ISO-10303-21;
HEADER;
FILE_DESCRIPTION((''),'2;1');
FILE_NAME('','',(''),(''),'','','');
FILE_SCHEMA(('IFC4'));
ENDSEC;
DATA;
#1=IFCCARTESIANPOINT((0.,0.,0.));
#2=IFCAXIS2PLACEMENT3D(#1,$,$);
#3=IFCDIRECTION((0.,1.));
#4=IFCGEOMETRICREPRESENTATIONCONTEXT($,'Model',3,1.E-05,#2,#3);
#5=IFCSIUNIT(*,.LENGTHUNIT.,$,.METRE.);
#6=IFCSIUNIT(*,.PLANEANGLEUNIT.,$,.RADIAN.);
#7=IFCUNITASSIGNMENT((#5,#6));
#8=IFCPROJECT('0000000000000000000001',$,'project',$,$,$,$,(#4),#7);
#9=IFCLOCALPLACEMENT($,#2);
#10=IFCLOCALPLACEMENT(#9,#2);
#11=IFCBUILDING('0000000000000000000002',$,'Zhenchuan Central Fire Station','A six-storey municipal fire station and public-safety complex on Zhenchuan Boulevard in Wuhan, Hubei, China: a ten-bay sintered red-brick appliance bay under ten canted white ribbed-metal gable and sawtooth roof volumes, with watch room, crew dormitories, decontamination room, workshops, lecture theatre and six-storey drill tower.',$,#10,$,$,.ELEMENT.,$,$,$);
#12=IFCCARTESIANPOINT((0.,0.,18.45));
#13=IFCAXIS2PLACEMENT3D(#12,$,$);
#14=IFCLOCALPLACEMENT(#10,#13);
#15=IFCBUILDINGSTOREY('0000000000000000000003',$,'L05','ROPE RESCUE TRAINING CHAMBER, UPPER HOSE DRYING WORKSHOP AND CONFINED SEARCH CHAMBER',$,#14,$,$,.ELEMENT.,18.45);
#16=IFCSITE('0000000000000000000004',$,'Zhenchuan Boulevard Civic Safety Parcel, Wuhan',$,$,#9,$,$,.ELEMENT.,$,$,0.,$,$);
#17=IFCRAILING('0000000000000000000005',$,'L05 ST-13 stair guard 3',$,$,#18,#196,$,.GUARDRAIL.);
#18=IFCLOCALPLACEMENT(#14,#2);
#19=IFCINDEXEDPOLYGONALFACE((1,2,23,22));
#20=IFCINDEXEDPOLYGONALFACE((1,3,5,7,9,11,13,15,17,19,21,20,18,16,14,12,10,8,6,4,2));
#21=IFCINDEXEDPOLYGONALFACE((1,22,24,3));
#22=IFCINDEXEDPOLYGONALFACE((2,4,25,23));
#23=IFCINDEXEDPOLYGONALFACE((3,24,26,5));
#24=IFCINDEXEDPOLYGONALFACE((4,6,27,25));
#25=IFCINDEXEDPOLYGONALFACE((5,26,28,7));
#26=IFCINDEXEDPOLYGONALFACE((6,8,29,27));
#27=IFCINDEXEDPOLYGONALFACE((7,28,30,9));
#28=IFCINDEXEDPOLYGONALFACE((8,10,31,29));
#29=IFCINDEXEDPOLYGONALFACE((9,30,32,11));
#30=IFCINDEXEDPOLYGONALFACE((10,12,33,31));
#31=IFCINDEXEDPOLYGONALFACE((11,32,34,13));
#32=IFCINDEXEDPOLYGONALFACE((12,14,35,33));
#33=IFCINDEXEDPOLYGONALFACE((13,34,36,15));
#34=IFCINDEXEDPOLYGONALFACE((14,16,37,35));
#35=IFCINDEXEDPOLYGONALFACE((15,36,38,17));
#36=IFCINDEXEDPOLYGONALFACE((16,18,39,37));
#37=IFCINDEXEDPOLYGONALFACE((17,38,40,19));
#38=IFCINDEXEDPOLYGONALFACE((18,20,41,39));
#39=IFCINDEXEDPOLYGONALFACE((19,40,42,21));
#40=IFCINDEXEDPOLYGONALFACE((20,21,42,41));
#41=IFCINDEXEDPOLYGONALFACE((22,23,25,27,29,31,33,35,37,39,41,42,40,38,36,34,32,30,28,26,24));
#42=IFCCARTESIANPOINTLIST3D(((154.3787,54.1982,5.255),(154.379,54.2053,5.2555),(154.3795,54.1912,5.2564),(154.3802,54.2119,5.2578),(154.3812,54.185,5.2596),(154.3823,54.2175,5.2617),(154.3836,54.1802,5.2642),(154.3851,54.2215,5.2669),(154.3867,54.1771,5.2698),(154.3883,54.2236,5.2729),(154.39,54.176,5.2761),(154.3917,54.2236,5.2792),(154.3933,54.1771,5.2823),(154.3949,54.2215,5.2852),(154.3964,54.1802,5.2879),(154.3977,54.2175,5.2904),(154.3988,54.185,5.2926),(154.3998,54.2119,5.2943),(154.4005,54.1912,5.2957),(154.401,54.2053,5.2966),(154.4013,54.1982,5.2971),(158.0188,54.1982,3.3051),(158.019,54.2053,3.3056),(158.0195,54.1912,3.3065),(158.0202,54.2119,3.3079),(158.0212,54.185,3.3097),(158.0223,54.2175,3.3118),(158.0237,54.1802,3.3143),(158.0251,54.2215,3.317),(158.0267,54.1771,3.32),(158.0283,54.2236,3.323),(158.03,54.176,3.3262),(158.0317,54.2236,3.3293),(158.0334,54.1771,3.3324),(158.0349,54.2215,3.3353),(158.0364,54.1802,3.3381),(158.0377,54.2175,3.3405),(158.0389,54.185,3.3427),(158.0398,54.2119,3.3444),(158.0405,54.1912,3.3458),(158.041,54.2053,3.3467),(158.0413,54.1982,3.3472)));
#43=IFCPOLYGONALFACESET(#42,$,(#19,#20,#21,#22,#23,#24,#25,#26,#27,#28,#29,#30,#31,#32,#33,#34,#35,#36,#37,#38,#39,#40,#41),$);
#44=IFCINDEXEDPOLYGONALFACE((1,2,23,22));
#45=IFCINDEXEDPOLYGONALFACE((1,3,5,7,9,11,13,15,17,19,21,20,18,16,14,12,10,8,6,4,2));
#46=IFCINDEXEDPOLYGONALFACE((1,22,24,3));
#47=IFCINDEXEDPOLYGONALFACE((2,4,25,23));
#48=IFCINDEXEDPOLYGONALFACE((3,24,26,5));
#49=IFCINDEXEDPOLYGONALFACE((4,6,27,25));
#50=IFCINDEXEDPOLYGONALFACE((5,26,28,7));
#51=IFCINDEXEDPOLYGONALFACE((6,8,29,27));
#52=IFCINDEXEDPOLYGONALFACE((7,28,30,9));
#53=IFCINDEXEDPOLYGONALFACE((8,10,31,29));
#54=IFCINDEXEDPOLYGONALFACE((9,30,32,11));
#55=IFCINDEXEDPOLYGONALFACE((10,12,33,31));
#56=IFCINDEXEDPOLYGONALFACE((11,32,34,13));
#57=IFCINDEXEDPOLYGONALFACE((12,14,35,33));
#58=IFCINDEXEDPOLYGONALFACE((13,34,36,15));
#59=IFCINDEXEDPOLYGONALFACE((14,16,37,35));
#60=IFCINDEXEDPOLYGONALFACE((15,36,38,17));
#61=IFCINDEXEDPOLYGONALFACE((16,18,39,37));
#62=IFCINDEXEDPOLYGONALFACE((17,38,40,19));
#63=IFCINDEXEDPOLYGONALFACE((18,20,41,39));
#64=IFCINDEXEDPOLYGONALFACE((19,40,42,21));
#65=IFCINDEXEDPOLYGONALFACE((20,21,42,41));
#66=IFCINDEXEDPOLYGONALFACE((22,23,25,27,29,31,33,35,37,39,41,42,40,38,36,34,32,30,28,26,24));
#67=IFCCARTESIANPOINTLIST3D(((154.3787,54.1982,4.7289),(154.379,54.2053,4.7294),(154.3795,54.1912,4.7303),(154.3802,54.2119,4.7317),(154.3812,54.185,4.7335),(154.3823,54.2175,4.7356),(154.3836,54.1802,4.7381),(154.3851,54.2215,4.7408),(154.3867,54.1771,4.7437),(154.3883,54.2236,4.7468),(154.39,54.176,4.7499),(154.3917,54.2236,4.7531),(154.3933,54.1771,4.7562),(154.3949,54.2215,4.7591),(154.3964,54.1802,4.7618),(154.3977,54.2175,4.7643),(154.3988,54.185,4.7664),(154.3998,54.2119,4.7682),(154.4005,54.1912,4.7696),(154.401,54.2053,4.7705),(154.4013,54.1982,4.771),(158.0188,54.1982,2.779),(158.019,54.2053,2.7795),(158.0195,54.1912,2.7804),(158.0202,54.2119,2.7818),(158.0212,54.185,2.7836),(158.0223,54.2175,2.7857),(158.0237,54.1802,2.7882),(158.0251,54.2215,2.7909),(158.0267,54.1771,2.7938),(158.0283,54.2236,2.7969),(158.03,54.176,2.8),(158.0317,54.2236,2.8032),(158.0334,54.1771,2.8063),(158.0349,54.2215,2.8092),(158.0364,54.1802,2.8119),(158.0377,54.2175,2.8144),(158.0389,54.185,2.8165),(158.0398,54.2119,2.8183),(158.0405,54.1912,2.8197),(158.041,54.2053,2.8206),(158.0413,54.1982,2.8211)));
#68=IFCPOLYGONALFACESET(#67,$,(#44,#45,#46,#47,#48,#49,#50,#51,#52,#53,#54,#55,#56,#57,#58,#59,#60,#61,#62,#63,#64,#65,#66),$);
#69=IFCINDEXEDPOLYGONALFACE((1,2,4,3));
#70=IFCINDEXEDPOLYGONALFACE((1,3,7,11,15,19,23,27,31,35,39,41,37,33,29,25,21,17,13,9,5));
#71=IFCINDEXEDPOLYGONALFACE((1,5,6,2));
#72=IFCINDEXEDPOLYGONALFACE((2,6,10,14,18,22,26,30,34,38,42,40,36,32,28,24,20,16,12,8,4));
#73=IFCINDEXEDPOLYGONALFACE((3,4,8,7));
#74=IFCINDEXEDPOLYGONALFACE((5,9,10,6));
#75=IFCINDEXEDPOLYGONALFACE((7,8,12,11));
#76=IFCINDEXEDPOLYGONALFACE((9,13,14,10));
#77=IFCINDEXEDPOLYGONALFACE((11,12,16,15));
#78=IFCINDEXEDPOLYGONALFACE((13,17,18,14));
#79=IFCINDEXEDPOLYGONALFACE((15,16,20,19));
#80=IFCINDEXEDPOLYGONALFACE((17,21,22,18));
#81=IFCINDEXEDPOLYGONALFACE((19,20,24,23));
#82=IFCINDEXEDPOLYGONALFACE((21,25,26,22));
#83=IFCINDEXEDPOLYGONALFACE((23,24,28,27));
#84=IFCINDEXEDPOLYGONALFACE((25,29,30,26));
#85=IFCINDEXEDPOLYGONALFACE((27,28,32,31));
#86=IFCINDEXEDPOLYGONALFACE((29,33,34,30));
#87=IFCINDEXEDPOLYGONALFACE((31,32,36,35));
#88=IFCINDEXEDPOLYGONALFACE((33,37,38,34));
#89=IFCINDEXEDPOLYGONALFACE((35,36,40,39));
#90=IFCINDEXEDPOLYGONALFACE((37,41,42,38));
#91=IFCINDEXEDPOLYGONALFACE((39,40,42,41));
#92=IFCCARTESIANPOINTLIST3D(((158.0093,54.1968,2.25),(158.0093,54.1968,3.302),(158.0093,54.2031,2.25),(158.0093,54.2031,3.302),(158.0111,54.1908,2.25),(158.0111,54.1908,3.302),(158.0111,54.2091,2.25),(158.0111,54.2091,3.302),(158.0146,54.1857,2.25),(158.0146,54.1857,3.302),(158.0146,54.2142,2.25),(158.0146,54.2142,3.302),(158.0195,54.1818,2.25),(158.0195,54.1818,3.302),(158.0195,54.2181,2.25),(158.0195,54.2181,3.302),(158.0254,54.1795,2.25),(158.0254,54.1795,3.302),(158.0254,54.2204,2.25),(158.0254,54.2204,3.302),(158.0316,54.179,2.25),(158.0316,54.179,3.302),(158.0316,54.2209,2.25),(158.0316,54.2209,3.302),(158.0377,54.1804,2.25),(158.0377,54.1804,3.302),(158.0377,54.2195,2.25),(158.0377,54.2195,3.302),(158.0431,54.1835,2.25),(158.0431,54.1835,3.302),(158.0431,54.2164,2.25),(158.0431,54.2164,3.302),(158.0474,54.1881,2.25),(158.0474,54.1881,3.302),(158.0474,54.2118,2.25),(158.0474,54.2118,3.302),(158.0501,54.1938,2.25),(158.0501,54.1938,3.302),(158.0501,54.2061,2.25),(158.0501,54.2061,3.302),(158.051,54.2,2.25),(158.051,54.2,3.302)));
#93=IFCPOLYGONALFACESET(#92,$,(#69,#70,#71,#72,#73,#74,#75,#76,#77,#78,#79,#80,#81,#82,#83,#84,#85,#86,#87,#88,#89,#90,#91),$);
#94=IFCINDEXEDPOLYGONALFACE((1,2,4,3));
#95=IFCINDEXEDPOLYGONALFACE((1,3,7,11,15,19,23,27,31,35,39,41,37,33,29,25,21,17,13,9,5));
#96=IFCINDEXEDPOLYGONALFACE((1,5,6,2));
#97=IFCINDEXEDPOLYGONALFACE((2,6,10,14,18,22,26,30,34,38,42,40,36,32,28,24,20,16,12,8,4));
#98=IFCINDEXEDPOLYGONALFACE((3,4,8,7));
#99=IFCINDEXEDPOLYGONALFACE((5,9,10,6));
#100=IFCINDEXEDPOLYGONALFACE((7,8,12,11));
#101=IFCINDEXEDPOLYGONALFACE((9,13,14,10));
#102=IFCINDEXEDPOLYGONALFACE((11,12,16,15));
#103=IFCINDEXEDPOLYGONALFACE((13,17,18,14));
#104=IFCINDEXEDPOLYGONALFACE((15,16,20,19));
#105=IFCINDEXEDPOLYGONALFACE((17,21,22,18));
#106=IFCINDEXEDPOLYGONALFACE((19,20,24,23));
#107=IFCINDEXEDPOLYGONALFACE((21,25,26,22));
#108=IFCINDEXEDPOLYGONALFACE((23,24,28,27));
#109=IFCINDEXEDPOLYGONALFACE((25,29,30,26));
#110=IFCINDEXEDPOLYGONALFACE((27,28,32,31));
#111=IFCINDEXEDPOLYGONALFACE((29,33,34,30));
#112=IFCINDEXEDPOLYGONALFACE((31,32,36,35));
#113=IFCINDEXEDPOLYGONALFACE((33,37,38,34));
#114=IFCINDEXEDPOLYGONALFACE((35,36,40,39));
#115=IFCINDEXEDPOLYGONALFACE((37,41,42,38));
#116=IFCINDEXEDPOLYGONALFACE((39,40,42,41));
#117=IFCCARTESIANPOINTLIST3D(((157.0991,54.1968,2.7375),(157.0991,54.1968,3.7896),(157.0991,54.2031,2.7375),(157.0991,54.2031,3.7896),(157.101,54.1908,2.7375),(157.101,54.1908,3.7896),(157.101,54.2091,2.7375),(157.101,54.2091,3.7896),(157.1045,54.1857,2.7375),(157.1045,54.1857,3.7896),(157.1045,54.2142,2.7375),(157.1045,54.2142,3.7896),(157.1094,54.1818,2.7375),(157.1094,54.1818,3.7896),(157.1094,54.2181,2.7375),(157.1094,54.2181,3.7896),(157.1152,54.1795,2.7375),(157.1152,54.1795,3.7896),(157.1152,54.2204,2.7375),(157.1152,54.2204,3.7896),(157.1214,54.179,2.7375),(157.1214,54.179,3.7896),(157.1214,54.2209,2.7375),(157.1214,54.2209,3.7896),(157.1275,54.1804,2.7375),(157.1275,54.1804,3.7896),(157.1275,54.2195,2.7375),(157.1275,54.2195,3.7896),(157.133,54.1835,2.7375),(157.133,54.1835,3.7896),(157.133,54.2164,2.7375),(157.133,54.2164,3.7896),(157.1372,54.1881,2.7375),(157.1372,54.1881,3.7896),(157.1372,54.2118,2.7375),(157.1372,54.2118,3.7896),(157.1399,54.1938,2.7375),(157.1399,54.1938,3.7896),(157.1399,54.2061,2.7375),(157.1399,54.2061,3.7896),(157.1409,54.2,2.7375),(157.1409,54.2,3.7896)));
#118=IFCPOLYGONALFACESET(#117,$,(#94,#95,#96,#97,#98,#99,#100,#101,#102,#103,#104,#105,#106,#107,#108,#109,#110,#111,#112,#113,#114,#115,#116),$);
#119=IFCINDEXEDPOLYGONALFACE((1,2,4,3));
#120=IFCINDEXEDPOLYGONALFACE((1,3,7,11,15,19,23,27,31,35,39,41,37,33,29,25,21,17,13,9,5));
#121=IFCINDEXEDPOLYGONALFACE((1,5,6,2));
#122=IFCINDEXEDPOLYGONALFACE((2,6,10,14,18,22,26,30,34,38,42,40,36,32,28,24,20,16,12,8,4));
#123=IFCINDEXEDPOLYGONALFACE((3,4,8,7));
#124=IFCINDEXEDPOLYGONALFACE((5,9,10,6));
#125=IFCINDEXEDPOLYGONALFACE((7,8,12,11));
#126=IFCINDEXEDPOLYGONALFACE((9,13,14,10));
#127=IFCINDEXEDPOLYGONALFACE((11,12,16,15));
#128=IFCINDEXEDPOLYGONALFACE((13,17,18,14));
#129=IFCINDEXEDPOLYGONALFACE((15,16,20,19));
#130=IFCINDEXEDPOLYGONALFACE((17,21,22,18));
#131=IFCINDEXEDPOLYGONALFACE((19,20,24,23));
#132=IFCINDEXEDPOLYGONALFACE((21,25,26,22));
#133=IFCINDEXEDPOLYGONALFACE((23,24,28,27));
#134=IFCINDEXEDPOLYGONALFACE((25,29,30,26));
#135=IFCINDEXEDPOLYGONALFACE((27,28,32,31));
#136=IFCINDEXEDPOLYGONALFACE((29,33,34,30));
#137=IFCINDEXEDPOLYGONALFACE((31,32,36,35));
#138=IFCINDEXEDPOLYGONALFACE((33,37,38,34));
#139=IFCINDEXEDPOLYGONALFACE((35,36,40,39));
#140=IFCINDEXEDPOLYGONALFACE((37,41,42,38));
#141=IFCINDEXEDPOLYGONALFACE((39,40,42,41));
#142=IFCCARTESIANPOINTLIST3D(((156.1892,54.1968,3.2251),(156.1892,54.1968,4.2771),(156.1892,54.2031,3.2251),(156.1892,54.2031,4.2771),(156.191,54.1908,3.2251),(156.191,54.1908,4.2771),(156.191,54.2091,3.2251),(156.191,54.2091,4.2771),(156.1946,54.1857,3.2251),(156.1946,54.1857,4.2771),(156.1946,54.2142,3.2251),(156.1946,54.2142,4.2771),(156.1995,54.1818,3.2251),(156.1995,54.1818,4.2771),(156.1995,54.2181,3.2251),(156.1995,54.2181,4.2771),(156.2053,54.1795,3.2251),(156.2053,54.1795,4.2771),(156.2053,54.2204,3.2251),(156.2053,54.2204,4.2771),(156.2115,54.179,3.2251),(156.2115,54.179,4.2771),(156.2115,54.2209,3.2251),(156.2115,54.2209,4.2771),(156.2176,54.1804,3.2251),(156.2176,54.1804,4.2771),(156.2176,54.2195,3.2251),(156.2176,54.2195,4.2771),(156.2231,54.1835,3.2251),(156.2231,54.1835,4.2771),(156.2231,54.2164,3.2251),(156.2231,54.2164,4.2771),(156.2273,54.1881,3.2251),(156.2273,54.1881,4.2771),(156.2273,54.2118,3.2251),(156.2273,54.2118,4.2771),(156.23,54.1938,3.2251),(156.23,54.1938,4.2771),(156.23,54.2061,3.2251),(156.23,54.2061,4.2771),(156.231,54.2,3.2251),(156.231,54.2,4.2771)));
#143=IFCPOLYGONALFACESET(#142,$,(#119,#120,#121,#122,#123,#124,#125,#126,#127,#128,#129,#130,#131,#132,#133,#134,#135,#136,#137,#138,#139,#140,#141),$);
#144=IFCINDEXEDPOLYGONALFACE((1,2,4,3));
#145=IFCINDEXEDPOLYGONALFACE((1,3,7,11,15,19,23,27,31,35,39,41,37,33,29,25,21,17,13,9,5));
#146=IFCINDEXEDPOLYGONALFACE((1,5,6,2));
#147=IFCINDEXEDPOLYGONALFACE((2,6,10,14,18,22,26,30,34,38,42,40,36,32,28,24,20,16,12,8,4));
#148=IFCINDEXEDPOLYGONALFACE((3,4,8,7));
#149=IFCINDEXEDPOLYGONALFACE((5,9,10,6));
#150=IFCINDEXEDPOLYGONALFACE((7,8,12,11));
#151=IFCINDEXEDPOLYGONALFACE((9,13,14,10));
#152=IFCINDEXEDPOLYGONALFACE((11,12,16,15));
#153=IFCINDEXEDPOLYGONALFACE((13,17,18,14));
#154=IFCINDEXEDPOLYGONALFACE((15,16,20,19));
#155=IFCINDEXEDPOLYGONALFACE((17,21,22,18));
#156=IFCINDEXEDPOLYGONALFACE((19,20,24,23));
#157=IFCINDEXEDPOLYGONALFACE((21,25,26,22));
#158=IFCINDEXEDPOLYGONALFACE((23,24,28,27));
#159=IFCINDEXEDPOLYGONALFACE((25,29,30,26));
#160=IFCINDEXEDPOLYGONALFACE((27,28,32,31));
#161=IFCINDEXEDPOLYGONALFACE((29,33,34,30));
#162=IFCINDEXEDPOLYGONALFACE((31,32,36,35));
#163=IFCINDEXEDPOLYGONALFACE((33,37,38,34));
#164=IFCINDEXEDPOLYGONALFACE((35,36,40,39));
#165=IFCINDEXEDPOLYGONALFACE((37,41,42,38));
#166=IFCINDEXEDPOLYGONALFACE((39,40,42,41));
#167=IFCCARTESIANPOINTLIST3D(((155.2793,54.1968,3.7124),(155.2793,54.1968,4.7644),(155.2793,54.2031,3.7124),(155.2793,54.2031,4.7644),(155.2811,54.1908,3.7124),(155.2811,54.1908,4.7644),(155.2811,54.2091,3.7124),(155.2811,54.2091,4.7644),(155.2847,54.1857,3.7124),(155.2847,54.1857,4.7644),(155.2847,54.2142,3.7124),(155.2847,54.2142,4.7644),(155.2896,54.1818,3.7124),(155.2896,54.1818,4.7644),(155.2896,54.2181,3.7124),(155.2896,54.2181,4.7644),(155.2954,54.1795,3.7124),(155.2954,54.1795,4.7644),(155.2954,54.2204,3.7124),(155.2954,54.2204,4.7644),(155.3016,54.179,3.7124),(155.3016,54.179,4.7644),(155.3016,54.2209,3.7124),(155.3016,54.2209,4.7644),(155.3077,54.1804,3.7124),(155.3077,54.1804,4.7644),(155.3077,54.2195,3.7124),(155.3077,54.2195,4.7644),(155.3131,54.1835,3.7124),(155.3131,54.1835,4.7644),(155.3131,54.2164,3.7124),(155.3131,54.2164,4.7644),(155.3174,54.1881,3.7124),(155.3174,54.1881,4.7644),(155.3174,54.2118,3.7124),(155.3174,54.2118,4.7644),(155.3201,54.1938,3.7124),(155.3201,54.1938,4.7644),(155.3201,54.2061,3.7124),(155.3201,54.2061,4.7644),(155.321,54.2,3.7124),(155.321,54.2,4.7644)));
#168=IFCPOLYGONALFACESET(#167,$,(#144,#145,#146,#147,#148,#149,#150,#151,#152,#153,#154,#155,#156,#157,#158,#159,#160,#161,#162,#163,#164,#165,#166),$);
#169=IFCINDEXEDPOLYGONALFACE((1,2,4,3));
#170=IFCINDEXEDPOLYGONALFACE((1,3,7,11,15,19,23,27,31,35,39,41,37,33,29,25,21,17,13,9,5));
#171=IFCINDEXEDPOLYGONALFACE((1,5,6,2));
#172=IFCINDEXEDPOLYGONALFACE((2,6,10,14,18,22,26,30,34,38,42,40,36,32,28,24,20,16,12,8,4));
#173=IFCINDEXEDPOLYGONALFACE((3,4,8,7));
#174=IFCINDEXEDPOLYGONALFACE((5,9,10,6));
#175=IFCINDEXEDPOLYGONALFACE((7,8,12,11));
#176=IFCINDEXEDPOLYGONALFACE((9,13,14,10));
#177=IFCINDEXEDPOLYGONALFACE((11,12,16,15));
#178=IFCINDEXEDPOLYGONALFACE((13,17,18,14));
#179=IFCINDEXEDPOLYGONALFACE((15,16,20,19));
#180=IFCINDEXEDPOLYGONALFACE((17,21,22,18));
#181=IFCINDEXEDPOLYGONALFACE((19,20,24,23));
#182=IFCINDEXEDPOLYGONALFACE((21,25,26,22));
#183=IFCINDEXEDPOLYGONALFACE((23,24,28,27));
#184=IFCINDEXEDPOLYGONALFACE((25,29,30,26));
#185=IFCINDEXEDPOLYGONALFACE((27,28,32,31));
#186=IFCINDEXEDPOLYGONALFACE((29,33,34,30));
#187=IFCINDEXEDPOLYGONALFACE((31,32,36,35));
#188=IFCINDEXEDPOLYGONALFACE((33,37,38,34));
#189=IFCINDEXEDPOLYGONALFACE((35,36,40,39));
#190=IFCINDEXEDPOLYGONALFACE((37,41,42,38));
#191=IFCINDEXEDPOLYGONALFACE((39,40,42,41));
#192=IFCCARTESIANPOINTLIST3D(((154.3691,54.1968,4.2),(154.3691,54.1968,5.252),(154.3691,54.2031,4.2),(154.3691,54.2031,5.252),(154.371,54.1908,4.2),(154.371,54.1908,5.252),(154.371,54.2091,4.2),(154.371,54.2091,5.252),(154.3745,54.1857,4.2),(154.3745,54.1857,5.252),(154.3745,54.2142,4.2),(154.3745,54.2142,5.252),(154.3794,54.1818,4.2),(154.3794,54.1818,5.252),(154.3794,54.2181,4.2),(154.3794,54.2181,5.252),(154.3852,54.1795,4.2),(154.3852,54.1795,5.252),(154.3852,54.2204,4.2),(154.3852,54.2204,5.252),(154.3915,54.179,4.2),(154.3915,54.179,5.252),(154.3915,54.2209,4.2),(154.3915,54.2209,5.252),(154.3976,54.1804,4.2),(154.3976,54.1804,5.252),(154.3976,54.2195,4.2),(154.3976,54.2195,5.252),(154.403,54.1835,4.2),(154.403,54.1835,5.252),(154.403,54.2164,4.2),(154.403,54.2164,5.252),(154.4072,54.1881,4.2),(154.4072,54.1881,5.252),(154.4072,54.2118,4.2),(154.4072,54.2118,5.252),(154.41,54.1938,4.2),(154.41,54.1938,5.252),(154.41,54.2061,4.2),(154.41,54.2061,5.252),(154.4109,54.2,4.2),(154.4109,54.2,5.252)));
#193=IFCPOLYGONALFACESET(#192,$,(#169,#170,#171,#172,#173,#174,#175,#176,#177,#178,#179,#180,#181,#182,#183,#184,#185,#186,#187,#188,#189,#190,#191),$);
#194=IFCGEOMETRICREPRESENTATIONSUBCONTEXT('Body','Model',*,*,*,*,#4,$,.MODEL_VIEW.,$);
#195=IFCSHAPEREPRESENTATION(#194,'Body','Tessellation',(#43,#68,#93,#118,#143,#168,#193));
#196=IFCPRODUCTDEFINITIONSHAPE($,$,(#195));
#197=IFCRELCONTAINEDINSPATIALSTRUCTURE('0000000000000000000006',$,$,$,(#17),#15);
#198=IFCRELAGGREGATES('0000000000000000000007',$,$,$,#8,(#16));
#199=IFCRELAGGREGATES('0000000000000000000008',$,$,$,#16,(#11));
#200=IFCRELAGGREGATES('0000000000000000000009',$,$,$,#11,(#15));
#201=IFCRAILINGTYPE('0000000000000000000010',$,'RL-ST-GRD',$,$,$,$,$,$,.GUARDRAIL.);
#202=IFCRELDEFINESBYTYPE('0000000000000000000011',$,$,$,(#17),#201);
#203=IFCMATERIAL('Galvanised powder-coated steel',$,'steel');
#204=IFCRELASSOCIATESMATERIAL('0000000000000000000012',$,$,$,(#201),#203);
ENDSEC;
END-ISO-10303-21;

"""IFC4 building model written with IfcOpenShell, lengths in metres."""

from ifc_helpers import new_model, si_unit, direction, frame, origin, origin_2d, place, context, subcontext, project, spatial, circle, extrude, material, type_object, element, save


model = new_model("IFC4")

# Units and contexts
model_context = context("Model", 3, precision=1e-05, world=origin(), true_north=direction((0.0, 1.0)))
body_context = subcontext(model_context, "Body", "Model", "MODEL_VIEW")
ifc_project = project(units=[si_unit("LENGTHUNIT", "METRE"), si_unit("PLANEANGLEUNIT", "RADIAN")], contexts=[model_context])

# Site, building, storey
site_placement = place(None, origin())
site = spatial("IfcSite", under=ifc_project, at=site_placement, Name="Zhenchuan Boulevard Civic Safety Parcel, Wuhan", CompositionType="ELEMENT", RefElevation=0.0)
building_placement = place(site_placement, origin())
building = spatial("IfcBuilding", under=site, at=building_placement, Name="Zhenchuan Central Fire Station", Description="A six-storey municipal fire station and public-safety complex on Zhenchuan Boulevard in Wuhan, Hubei, China: a ten-bay sintered red-brick appliance bay under ten canted white ribbed-metal gable and sawtooth roof volumes, with watch room, crew dormitories, decontamination room, workshops, lecture theatre and six-storey drill tower.", CompositionType="ELEMENT")
storey_placement = place(building_placement, frame((0.0, 0.0, 18.45)))
storey = spatial("IfcBuildingStorey", under=building, at=storey_placement, Name="L05", Description="ROPE RESCUE TRAINING CHAMBER, UPPER HOSE DRYING WORKSHOP AND CONFINED SEARCH CHAMBER", CompositionType="ELEMENT", Elevation=18.45)

# Railing
ifc_material_1 = material(Name="Galvanised powder-coated steel", Category="steel")
railing_type_1 = type_object("IfcRailingType", Name="RL-ST-GRD", PredefinedType="GUARDRAIL", material=ifc_material_1)
railing_1_placement = place(storey_placement, frame((158.03, 54.2, 2.25)))
element("IfcRailing", 1, at=railing_1_placement, inside=storey, type_object=railing_type_1, Name="L05 ST-13 stair guard 3", PredefinedType="GUARDRAIL", context=body_context, shape_type="SweptSolid", body=[
    extrude(circle(Radius=0.0239, at=origin_2d()), frame((0.0, 0.0, 1.0762), z_axis=(-0.881492, 0.0, 0.472198), x_axis=(0.0, -1.0, 0.0)), (0.0, 0.0, 1.0), 4.1294),
    extrude(circle(Radius=0.0239, at=origin_2d()), frame((0.0, 0.0, 0.55), z_axis=(-0.881492, 0.0, 0.472198), x_axis=(0.0, -1.0, 0.0)), (0.0, 0.0, 1.0), 4.1294),
    extrude(circle(Radius=0.021, at=origin_2d()), origin(), (0.0, 0.0, 1.0), 1.052),
    extrude(circle(Radius=0.021, at=origin_2d()), frame((-0.9102, 0.0, 0.4875)), (0.0, 0.0, 1.0), 1.052),
    extrude(circle(Radius=0.021, at=origin_2d()), frame((-1.8201, 0.0, 0.9751)), (0.0, 0.0, 1.0), 1.052),
    extrude(circle(Radius=0.021, at=origin_2d()), frame((-2.73, 0.0, 1.4624)), (0.0, 0.0, 1.0), 1.052),
    extrude(circle(Radius=0.021, at=origin_2d()), frame((-3.6401, 0.0, 1.95)), (0.0, 0.0, 1.0), 1.052),
])

save(model, "model.ifc")
